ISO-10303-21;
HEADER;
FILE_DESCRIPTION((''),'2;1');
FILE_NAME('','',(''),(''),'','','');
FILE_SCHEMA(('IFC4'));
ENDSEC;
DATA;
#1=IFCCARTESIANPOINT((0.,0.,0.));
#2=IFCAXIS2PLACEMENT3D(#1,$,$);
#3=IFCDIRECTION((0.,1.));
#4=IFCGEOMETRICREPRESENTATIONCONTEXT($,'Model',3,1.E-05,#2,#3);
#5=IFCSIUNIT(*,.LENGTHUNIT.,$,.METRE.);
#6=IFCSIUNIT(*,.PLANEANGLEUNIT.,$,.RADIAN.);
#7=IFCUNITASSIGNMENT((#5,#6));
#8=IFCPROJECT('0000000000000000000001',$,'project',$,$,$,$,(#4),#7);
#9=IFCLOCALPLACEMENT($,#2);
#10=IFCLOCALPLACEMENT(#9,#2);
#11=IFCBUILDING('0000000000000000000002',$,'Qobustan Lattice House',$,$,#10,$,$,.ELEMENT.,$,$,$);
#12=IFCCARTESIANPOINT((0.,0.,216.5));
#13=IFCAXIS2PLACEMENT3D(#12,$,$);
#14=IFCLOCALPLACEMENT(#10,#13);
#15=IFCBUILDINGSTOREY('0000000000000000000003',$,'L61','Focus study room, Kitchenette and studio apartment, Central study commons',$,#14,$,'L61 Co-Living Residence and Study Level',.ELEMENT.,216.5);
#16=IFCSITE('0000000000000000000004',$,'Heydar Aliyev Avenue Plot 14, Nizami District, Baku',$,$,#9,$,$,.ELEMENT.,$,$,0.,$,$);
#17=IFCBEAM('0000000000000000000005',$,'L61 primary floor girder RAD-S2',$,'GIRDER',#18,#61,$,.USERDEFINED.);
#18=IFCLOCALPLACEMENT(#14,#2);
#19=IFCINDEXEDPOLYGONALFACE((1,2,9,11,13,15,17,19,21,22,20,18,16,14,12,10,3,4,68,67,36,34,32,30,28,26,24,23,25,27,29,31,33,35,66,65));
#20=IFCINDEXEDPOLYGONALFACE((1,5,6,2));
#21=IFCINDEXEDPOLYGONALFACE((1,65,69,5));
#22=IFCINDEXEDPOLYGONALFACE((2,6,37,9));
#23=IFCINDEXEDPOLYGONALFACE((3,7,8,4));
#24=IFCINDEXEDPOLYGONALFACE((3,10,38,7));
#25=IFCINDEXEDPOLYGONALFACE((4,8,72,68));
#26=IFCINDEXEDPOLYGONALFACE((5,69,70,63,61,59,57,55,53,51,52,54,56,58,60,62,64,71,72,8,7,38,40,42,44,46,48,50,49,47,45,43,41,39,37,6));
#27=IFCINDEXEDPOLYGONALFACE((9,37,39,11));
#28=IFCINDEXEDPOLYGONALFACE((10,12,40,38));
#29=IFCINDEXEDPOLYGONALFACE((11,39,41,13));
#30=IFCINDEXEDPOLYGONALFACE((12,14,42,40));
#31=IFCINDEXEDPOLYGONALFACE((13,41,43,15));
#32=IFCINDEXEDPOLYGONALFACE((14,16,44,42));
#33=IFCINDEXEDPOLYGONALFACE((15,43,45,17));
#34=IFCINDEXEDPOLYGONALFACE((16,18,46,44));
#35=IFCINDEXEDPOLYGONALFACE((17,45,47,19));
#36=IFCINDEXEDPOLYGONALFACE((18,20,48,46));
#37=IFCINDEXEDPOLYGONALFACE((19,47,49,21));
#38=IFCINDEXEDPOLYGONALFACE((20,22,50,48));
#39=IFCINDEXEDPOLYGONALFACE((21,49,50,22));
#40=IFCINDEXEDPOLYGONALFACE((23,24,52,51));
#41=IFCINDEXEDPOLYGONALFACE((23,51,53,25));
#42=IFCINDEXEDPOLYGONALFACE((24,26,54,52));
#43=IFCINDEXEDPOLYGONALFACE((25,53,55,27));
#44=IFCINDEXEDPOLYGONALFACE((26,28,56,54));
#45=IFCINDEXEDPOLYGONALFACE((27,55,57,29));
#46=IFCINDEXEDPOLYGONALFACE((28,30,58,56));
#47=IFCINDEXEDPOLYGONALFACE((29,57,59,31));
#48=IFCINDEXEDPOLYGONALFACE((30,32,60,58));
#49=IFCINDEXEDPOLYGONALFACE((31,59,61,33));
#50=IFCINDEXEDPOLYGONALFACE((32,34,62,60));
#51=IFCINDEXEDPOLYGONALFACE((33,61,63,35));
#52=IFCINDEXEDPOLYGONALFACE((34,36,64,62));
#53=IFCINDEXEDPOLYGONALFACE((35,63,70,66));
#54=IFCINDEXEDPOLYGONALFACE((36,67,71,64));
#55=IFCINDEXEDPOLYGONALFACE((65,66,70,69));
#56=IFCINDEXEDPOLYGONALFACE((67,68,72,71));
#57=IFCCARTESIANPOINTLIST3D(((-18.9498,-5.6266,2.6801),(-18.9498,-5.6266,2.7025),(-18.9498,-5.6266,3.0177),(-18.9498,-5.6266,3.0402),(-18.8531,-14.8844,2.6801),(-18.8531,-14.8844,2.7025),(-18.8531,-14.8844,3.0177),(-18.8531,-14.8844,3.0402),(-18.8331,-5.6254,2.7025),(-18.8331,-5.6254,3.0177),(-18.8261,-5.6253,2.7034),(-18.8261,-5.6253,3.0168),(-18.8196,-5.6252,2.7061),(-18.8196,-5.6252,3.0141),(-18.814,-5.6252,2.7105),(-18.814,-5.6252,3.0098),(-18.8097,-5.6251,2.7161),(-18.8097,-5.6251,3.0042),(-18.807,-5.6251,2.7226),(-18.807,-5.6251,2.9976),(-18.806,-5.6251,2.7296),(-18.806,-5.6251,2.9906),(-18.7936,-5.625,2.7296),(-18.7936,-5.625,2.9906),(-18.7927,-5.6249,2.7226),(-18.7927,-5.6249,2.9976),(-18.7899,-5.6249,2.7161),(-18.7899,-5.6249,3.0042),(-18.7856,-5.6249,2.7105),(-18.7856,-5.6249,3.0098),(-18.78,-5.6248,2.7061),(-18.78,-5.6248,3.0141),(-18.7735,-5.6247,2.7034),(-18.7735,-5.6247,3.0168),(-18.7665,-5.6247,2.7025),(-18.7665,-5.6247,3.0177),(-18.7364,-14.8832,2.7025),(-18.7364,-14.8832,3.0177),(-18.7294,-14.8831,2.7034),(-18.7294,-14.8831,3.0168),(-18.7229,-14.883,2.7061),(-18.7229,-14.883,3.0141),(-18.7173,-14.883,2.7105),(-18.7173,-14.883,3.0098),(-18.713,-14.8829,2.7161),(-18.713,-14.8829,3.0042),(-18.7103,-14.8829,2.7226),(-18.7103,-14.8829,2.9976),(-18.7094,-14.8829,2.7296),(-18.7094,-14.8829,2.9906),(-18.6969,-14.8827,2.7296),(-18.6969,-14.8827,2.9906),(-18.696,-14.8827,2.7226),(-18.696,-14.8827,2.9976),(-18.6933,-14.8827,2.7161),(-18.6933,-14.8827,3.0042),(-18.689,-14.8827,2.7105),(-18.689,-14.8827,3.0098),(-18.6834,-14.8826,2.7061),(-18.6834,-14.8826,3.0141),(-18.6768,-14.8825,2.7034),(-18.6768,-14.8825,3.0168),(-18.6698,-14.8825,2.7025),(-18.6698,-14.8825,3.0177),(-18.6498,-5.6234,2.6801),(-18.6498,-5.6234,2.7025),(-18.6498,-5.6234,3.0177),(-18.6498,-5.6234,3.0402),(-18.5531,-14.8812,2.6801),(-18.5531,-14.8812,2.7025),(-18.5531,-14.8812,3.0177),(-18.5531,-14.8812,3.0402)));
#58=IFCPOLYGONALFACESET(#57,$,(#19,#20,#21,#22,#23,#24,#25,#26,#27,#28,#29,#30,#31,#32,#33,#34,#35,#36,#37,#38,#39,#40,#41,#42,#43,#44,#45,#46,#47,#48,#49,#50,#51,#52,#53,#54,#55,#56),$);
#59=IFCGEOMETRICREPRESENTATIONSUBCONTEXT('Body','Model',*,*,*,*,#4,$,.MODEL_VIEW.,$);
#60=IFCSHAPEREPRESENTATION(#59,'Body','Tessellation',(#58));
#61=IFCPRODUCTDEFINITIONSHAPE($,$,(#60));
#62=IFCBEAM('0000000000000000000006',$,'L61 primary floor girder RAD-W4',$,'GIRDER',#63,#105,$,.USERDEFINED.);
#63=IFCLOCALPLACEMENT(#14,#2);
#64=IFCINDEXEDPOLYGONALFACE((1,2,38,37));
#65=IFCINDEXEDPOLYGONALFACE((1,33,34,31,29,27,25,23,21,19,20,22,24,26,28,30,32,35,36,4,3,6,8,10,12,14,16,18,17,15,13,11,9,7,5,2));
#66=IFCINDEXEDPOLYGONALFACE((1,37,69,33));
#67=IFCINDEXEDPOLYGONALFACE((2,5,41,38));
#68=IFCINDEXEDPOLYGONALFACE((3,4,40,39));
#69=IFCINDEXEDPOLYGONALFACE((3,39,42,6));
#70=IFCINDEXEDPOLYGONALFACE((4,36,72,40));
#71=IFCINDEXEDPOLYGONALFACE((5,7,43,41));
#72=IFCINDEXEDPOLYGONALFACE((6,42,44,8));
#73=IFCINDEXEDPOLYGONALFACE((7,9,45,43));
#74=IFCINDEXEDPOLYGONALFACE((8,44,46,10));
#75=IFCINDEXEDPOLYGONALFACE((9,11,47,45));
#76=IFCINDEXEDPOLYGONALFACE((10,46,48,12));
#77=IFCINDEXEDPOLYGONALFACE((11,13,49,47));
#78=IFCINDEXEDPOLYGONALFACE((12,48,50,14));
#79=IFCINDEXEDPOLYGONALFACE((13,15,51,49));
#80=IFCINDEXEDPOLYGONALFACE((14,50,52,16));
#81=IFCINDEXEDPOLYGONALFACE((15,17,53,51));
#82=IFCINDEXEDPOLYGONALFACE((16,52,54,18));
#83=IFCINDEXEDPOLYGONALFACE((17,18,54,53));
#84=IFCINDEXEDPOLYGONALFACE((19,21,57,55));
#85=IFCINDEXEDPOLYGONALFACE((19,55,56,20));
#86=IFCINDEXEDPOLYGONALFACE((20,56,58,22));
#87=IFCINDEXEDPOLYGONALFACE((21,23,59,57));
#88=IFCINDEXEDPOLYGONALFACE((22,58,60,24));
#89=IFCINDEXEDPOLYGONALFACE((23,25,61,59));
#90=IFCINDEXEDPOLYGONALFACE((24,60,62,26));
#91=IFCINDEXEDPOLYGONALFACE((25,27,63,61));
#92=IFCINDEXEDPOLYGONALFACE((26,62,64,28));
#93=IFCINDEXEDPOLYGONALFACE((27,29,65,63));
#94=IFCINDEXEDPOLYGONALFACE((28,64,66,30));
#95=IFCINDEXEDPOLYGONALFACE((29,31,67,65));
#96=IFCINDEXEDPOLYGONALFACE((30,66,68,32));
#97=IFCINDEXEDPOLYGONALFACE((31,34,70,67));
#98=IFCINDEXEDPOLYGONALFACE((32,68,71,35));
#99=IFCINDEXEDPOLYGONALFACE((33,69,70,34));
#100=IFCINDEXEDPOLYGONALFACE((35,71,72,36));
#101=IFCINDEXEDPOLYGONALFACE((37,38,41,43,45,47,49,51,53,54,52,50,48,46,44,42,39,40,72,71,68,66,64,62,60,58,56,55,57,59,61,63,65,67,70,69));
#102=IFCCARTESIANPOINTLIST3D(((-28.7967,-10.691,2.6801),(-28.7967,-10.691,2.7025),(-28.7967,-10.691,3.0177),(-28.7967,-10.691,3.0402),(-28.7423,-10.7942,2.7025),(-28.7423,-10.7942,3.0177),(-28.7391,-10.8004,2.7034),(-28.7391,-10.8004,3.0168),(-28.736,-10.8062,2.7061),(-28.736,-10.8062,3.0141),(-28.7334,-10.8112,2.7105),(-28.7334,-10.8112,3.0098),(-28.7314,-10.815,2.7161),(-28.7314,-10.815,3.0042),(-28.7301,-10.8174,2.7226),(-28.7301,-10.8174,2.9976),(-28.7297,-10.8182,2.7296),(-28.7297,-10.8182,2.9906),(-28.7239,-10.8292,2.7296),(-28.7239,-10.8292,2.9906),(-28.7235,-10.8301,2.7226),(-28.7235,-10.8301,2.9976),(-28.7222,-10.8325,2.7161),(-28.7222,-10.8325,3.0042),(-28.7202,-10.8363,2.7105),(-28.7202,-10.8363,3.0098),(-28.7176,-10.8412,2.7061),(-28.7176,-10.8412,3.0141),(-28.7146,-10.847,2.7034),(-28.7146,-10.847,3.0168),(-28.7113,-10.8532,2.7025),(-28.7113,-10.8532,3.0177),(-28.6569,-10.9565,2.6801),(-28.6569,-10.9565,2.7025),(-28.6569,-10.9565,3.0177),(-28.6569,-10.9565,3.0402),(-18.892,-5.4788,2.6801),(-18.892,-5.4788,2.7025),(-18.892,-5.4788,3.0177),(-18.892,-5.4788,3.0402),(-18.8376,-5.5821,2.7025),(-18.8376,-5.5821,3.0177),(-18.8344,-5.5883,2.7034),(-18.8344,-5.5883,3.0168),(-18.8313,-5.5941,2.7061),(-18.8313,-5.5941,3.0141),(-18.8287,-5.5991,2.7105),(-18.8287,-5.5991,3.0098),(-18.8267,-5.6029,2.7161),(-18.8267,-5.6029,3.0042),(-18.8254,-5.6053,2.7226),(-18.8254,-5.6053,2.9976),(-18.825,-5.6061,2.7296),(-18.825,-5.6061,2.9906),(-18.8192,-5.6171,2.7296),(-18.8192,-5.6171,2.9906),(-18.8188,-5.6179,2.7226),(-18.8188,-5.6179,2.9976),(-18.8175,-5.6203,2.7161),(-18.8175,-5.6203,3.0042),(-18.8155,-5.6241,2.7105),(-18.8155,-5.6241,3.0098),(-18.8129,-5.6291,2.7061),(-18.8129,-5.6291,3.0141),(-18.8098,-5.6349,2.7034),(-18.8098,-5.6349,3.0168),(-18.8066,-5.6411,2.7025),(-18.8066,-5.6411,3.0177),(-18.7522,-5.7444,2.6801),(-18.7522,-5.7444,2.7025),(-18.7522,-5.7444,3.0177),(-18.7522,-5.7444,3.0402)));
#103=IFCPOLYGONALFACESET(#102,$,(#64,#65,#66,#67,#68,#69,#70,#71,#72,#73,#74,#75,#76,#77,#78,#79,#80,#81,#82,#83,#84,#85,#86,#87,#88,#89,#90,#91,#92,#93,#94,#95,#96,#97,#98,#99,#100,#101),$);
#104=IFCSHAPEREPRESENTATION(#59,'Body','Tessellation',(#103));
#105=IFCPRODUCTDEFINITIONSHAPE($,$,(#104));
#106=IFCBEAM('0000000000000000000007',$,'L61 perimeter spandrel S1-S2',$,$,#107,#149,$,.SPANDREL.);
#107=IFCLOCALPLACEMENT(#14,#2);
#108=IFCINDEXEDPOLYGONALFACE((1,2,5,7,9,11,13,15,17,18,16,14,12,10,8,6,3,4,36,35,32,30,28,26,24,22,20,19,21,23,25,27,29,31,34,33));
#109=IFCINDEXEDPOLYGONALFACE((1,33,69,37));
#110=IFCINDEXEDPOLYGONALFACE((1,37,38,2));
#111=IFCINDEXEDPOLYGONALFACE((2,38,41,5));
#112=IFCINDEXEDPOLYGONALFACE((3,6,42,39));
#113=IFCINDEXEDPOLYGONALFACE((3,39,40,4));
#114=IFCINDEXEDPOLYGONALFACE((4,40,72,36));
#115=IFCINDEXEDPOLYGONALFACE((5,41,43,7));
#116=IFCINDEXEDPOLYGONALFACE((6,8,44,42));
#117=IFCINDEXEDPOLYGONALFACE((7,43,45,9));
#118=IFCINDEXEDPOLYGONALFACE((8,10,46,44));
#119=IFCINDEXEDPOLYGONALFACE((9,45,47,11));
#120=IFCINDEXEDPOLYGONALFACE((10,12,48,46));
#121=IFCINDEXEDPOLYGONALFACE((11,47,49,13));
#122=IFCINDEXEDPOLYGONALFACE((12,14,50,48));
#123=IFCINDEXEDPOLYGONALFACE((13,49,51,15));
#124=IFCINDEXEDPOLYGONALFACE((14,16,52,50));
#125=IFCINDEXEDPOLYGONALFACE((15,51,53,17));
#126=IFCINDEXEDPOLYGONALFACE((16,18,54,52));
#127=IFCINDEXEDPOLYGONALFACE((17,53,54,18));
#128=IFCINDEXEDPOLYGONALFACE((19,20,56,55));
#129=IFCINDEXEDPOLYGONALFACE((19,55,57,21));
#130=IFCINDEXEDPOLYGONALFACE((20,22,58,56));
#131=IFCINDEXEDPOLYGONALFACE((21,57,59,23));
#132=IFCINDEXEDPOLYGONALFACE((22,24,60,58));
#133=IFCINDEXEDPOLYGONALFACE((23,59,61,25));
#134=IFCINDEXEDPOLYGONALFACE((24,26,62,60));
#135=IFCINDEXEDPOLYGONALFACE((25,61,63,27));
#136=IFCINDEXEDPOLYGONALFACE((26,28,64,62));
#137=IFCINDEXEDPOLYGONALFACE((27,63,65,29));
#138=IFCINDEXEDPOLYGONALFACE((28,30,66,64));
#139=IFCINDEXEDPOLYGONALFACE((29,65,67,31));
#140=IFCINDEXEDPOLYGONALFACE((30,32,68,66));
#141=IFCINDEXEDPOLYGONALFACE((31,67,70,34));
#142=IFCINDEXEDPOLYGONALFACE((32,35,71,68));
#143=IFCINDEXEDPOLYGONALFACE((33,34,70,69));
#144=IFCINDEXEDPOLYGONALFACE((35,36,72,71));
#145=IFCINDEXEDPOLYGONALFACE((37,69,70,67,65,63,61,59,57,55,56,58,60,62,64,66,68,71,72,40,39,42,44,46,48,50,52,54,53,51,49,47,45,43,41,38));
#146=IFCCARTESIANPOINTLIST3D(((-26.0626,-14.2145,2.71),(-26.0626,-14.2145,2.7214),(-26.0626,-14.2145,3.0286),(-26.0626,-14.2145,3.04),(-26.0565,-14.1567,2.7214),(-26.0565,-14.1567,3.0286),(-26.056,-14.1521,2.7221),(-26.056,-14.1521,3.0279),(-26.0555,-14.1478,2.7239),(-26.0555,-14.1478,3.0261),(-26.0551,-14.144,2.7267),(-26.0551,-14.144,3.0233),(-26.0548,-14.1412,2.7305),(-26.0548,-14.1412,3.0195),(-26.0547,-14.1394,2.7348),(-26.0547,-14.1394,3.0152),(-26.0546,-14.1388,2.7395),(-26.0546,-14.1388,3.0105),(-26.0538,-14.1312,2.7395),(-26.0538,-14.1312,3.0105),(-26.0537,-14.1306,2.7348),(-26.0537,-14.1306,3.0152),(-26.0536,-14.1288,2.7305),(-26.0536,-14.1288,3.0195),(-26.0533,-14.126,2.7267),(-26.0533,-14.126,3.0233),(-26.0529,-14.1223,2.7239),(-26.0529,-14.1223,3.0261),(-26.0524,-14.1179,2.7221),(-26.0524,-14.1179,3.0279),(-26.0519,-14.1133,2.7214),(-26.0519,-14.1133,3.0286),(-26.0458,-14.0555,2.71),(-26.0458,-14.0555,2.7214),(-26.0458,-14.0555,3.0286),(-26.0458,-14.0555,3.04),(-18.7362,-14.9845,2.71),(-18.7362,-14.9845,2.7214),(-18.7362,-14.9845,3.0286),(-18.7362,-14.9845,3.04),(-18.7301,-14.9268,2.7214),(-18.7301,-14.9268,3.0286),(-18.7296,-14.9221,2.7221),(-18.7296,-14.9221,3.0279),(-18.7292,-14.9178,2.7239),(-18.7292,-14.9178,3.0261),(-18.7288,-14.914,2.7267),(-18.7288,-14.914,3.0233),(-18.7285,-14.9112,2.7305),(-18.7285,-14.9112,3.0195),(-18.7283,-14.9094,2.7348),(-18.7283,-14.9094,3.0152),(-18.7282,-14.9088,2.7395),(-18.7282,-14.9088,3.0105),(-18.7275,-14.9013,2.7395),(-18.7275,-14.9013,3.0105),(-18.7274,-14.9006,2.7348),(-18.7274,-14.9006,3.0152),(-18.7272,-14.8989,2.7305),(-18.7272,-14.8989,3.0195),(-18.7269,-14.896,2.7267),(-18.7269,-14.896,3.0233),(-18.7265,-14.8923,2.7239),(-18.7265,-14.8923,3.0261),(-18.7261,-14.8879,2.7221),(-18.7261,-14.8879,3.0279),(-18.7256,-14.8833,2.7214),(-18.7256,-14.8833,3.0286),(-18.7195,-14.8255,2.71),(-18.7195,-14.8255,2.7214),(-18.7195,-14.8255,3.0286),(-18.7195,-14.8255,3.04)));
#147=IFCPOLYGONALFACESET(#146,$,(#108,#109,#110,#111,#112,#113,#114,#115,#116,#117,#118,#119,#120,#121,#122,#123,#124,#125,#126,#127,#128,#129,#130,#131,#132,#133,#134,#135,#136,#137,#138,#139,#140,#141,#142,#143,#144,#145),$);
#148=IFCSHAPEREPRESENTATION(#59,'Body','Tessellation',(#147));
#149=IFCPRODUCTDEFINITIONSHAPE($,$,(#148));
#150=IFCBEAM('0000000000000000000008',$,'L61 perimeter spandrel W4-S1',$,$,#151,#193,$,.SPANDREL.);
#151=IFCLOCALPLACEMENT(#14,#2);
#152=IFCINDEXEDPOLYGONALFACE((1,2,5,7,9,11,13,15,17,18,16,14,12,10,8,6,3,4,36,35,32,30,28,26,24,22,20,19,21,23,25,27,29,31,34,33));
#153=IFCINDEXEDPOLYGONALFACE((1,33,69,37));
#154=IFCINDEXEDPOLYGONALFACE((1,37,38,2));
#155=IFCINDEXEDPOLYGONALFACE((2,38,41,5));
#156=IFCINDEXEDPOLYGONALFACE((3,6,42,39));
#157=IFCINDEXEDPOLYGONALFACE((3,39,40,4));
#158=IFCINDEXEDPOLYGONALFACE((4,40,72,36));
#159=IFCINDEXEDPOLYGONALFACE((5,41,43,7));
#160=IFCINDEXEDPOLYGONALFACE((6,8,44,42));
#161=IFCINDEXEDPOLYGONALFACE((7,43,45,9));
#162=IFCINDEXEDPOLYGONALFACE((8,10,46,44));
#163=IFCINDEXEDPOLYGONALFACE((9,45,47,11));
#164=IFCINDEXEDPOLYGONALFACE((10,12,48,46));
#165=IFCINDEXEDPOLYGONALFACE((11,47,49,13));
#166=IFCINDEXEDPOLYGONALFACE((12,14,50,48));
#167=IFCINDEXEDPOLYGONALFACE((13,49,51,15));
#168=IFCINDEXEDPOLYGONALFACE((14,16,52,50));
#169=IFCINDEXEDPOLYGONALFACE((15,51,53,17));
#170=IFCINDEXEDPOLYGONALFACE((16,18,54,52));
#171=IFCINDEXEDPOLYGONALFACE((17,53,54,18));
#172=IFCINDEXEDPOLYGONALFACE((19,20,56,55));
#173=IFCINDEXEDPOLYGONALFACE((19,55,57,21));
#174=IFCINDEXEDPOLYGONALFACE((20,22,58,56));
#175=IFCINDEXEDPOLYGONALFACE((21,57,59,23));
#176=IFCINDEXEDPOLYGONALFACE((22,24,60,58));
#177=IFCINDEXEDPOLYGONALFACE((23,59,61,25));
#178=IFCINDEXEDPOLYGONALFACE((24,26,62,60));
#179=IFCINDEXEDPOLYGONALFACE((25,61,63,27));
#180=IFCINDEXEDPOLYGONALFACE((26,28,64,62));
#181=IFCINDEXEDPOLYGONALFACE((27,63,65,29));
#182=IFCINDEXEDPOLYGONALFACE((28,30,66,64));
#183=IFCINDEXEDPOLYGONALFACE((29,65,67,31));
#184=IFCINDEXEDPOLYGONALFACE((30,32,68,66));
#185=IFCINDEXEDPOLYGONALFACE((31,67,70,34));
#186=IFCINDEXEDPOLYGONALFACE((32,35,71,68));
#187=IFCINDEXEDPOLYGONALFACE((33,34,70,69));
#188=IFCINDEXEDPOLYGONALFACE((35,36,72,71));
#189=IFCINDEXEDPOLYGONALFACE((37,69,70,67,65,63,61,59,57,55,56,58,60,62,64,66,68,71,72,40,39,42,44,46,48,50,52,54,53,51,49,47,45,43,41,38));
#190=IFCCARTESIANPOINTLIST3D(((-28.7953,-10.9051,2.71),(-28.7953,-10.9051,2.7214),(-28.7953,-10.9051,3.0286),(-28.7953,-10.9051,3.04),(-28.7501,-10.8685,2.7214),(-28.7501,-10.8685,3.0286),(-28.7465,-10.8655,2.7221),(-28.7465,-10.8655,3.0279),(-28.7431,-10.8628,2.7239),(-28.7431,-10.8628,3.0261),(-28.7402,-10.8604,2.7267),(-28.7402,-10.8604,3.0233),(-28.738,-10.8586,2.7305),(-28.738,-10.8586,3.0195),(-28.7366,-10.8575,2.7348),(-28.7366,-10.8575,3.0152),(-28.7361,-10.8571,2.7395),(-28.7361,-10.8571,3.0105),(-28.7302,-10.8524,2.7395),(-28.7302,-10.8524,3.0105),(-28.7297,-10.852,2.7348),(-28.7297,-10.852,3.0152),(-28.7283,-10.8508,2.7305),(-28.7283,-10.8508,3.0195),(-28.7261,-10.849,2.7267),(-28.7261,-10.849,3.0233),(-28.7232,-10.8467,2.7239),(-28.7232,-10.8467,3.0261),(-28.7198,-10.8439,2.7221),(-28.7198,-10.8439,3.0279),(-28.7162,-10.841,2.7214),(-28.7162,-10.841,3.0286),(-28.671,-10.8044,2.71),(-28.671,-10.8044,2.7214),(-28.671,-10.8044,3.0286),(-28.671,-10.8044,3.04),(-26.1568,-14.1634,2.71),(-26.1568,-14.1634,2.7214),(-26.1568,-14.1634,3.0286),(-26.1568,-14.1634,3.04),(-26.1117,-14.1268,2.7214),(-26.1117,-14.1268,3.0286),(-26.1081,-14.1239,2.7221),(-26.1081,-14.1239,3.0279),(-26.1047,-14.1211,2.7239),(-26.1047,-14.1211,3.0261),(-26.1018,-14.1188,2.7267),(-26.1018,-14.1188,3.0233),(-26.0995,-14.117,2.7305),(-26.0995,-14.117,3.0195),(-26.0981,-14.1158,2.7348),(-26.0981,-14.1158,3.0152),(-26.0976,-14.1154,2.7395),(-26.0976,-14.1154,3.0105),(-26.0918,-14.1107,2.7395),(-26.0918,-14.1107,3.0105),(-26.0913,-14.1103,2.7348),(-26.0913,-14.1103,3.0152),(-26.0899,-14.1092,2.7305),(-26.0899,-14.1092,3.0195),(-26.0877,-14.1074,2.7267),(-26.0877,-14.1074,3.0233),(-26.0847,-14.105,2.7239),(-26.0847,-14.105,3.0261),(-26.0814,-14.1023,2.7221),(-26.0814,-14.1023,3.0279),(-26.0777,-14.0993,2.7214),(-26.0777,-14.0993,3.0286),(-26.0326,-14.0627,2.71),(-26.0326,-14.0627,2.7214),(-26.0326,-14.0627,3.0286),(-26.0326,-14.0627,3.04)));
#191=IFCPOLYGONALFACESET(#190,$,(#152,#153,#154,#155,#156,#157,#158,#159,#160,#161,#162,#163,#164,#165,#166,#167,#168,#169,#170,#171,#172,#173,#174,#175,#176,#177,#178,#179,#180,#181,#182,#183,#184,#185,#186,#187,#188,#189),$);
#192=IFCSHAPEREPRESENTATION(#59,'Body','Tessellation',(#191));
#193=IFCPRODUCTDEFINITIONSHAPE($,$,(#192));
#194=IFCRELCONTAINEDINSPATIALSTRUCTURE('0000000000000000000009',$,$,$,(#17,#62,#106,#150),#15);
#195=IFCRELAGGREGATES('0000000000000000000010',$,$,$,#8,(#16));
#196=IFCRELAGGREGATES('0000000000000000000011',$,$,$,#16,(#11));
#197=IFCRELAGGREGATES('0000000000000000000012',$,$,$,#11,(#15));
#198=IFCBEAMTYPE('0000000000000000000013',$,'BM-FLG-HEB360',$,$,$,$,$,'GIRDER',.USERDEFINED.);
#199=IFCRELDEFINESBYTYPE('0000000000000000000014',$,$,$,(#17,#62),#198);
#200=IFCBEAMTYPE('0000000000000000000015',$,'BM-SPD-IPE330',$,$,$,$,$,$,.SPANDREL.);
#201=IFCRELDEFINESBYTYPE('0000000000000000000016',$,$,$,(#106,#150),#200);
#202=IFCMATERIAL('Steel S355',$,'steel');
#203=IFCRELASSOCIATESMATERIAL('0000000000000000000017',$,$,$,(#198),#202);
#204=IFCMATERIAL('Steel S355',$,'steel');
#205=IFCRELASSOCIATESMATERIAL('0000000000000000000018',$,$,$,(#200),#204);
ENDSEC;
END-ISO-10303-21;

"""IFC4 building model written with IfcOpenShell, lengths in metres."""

from ifc_helpers import new_model, si_unit, direction, frame, origin, origin_2d, place, context, subcontext, project, spatial, i_section, extrude, material, material_profile, profile_set, type_object, element, save


model = new_model("IFC4")

# Units and contexts
model_context = context("Model", 3, precision=1e-05, world=origin(), true_north=direction((0.0, 1.0)))
body_context = subcontext(model_context, "Body", "Model", "MODEL_VIEW")
ifc_project = project(units=[si_unit("LENGTHUNIT", "METRE"), si_unit("PLANEANGLEUNIT", "RADIAN")], contexts=[model_context])

# Site, building, storey
site_placement = place(None, origin())
site = spatial("IfcSite", under=ifc_project, at=site_placement, Name="Heydar Aliyev Avenue Plot 14, Nizami District, Baku", CompositionType="ELEMENT", RefElevation=0.0)
building_placement = place(site_placement, origin())
building = spatial("IfcBuilding", under=site, at=building_placement, Name="Qobustan Lattice House", CompositionType="ELEMENT")
storey_placement = place(building_placement, frame((0.0, 0.0, 216.5)))
storey = spatial("IfcBuildingStorey", under=building, at=storey_placement, Name="L61", Description="Focus study room, Kitchenette and studio apartment, Central study commons", LongName="L61 Co-Living Residence and Study Level", CompositionType="ELEMENT", Elevation=216.5)

# Beams
ifc_material_1 = material(Name="Steel S355", Category="steel")
ifc_material_profile_1 = material_profile(ifc_material_1, i_section(OverallWidth=0.3, OverallDepth=0.3601, WebThickness=0.0125, FlangeThickness=0.0225, FilletRadius=0.0271, at=origin_2d()), Name="HEB360")
ifc_profile_set_1 = profile_set([ifc_material_profile_1], Name="Steel S355")
beam_type_1 = type_object("IfcBeamType", Name="BM-FLG-HEB360", ElementType="GIRDER", PredefinedType="USERDEFINED", material=ifc_profile_set_1)
beam_1_placement = place(storey_placement, frame((-18.7031, -14.8828, 2.8601), z_axis=(-0.010442, 0.999945, 0.0), x_axis=(-0.999945, -0.010442, 0.0)))
element("IfcBeam", 1, at=beam_1_placement, inside=storey, type_object=beam_type_1, Name="L61 primary floor girder RAD-S2", ObjectType="GIRDER", PredefinedType="USERDEFINED", context=body_context, shape_type="SweptSolid", body=[
    extrude(i_section(OverallWidth=0.3, OverallDepth=0.3601, WebThickness=0.0125, FlangeThickness=0.0225, FilletRadius=0.0271, at=origin_2d()), origin(), (0.0, 0.0, 1.0), 9.2583),
])
beam_2_placement = place(storey_placement, frame((-28.7268, -10.8237, 2.8601), z_axis=(0.884951, 0.465684, 0.0), x_axis=(-0.465684, 0.884951, 0.0)))
element("IfcBeam", 2, at=beam_2_placement, inside=storey, type_object=beam_type_1, Name="L61 primary floor girder RAD-W4", ObjectType="GIRDER", PredefinedType="USERDEFINED", context=body_context, shape_type="SweptSolid", body=[
    extrude(i_section(OverallWidth=0.3, OverallDepth=0.3601, WebThickness=0.0125, FlangeThickness=0.0225, FilletRadius=0.0271, at=origin_2d()), origin(), (0.0, 0.0, 1.0), 11.1924),
])
ifc_material_2 = material(Name="Steel S355", Category="steel")
ifc_material_profile_2 = material_profile(ifc_material_2, i_section(OverallWidth=0.1599, OverallDepth=0.3301, WebThickness=0.0076, FlangeThickness=0.0115, FilletRadius=0.0181, at=origin_2d()), Name="IPE330")
ifc_profile_set_2 = profile_set([ifc_material_profile_2], Name="Steel S355")
beam_type_2 = type_object("IfcBeamType", Name="BM-SPD-IPE330", PredefinedType="SPANDREL", material=ifc_profile_set_2)
beam_3_placement = place(storey_placement, frame((-26.0542, -14.135, 2.875), z_axis=(0.994522, -0.104526, 0.0), x_axis=(0.104526, 0.994522, 0.0)))
element("IfcBeam", 3, at=beam_3_placement, inside=storey, type_object=beam_type_2, Name="L61 perimeter spandrel S1-S2", PredefinedType="SPANDREL", context=body_context, shape_type="SweptSolid", body=[
    extrude(i_section(OverallWidth=0.1599, OverallDepth=0.3301, WebThickness=0.0076, FlangeThickness=0.0115, FilletRadius=0.0181, at=origin_2d()), origin(), (0.0, 0.0, 1.0), 7.3667),
])
beam_4_placement = place(storey_placement, frame((-28.7332, -10.8547, 2.875), z_axis=(0.629307, -0.777157, 0.0), x_axis=(0.777157, 0.629307, 0.0)))
element("IfcBeam", 4, at=beam_4_placement, inside=storey, type_object=beam_type_2, Name="L61 perimeter spandrel W4-S1", PredefinedType="SPANDREL", context=body_context, shape_type="SweptSolid", body=[
    extrude(i_section(OverallWidth=0.1599, OverallDepth=0.3301, WebThickness=0.0076, FlangeThickness=0.0115, FilletRadius=0.0181, at=origin_2d()), origin(), (0.0, 0.0, 1.0), 4.1926),
])

save(model, "model.ifc")
